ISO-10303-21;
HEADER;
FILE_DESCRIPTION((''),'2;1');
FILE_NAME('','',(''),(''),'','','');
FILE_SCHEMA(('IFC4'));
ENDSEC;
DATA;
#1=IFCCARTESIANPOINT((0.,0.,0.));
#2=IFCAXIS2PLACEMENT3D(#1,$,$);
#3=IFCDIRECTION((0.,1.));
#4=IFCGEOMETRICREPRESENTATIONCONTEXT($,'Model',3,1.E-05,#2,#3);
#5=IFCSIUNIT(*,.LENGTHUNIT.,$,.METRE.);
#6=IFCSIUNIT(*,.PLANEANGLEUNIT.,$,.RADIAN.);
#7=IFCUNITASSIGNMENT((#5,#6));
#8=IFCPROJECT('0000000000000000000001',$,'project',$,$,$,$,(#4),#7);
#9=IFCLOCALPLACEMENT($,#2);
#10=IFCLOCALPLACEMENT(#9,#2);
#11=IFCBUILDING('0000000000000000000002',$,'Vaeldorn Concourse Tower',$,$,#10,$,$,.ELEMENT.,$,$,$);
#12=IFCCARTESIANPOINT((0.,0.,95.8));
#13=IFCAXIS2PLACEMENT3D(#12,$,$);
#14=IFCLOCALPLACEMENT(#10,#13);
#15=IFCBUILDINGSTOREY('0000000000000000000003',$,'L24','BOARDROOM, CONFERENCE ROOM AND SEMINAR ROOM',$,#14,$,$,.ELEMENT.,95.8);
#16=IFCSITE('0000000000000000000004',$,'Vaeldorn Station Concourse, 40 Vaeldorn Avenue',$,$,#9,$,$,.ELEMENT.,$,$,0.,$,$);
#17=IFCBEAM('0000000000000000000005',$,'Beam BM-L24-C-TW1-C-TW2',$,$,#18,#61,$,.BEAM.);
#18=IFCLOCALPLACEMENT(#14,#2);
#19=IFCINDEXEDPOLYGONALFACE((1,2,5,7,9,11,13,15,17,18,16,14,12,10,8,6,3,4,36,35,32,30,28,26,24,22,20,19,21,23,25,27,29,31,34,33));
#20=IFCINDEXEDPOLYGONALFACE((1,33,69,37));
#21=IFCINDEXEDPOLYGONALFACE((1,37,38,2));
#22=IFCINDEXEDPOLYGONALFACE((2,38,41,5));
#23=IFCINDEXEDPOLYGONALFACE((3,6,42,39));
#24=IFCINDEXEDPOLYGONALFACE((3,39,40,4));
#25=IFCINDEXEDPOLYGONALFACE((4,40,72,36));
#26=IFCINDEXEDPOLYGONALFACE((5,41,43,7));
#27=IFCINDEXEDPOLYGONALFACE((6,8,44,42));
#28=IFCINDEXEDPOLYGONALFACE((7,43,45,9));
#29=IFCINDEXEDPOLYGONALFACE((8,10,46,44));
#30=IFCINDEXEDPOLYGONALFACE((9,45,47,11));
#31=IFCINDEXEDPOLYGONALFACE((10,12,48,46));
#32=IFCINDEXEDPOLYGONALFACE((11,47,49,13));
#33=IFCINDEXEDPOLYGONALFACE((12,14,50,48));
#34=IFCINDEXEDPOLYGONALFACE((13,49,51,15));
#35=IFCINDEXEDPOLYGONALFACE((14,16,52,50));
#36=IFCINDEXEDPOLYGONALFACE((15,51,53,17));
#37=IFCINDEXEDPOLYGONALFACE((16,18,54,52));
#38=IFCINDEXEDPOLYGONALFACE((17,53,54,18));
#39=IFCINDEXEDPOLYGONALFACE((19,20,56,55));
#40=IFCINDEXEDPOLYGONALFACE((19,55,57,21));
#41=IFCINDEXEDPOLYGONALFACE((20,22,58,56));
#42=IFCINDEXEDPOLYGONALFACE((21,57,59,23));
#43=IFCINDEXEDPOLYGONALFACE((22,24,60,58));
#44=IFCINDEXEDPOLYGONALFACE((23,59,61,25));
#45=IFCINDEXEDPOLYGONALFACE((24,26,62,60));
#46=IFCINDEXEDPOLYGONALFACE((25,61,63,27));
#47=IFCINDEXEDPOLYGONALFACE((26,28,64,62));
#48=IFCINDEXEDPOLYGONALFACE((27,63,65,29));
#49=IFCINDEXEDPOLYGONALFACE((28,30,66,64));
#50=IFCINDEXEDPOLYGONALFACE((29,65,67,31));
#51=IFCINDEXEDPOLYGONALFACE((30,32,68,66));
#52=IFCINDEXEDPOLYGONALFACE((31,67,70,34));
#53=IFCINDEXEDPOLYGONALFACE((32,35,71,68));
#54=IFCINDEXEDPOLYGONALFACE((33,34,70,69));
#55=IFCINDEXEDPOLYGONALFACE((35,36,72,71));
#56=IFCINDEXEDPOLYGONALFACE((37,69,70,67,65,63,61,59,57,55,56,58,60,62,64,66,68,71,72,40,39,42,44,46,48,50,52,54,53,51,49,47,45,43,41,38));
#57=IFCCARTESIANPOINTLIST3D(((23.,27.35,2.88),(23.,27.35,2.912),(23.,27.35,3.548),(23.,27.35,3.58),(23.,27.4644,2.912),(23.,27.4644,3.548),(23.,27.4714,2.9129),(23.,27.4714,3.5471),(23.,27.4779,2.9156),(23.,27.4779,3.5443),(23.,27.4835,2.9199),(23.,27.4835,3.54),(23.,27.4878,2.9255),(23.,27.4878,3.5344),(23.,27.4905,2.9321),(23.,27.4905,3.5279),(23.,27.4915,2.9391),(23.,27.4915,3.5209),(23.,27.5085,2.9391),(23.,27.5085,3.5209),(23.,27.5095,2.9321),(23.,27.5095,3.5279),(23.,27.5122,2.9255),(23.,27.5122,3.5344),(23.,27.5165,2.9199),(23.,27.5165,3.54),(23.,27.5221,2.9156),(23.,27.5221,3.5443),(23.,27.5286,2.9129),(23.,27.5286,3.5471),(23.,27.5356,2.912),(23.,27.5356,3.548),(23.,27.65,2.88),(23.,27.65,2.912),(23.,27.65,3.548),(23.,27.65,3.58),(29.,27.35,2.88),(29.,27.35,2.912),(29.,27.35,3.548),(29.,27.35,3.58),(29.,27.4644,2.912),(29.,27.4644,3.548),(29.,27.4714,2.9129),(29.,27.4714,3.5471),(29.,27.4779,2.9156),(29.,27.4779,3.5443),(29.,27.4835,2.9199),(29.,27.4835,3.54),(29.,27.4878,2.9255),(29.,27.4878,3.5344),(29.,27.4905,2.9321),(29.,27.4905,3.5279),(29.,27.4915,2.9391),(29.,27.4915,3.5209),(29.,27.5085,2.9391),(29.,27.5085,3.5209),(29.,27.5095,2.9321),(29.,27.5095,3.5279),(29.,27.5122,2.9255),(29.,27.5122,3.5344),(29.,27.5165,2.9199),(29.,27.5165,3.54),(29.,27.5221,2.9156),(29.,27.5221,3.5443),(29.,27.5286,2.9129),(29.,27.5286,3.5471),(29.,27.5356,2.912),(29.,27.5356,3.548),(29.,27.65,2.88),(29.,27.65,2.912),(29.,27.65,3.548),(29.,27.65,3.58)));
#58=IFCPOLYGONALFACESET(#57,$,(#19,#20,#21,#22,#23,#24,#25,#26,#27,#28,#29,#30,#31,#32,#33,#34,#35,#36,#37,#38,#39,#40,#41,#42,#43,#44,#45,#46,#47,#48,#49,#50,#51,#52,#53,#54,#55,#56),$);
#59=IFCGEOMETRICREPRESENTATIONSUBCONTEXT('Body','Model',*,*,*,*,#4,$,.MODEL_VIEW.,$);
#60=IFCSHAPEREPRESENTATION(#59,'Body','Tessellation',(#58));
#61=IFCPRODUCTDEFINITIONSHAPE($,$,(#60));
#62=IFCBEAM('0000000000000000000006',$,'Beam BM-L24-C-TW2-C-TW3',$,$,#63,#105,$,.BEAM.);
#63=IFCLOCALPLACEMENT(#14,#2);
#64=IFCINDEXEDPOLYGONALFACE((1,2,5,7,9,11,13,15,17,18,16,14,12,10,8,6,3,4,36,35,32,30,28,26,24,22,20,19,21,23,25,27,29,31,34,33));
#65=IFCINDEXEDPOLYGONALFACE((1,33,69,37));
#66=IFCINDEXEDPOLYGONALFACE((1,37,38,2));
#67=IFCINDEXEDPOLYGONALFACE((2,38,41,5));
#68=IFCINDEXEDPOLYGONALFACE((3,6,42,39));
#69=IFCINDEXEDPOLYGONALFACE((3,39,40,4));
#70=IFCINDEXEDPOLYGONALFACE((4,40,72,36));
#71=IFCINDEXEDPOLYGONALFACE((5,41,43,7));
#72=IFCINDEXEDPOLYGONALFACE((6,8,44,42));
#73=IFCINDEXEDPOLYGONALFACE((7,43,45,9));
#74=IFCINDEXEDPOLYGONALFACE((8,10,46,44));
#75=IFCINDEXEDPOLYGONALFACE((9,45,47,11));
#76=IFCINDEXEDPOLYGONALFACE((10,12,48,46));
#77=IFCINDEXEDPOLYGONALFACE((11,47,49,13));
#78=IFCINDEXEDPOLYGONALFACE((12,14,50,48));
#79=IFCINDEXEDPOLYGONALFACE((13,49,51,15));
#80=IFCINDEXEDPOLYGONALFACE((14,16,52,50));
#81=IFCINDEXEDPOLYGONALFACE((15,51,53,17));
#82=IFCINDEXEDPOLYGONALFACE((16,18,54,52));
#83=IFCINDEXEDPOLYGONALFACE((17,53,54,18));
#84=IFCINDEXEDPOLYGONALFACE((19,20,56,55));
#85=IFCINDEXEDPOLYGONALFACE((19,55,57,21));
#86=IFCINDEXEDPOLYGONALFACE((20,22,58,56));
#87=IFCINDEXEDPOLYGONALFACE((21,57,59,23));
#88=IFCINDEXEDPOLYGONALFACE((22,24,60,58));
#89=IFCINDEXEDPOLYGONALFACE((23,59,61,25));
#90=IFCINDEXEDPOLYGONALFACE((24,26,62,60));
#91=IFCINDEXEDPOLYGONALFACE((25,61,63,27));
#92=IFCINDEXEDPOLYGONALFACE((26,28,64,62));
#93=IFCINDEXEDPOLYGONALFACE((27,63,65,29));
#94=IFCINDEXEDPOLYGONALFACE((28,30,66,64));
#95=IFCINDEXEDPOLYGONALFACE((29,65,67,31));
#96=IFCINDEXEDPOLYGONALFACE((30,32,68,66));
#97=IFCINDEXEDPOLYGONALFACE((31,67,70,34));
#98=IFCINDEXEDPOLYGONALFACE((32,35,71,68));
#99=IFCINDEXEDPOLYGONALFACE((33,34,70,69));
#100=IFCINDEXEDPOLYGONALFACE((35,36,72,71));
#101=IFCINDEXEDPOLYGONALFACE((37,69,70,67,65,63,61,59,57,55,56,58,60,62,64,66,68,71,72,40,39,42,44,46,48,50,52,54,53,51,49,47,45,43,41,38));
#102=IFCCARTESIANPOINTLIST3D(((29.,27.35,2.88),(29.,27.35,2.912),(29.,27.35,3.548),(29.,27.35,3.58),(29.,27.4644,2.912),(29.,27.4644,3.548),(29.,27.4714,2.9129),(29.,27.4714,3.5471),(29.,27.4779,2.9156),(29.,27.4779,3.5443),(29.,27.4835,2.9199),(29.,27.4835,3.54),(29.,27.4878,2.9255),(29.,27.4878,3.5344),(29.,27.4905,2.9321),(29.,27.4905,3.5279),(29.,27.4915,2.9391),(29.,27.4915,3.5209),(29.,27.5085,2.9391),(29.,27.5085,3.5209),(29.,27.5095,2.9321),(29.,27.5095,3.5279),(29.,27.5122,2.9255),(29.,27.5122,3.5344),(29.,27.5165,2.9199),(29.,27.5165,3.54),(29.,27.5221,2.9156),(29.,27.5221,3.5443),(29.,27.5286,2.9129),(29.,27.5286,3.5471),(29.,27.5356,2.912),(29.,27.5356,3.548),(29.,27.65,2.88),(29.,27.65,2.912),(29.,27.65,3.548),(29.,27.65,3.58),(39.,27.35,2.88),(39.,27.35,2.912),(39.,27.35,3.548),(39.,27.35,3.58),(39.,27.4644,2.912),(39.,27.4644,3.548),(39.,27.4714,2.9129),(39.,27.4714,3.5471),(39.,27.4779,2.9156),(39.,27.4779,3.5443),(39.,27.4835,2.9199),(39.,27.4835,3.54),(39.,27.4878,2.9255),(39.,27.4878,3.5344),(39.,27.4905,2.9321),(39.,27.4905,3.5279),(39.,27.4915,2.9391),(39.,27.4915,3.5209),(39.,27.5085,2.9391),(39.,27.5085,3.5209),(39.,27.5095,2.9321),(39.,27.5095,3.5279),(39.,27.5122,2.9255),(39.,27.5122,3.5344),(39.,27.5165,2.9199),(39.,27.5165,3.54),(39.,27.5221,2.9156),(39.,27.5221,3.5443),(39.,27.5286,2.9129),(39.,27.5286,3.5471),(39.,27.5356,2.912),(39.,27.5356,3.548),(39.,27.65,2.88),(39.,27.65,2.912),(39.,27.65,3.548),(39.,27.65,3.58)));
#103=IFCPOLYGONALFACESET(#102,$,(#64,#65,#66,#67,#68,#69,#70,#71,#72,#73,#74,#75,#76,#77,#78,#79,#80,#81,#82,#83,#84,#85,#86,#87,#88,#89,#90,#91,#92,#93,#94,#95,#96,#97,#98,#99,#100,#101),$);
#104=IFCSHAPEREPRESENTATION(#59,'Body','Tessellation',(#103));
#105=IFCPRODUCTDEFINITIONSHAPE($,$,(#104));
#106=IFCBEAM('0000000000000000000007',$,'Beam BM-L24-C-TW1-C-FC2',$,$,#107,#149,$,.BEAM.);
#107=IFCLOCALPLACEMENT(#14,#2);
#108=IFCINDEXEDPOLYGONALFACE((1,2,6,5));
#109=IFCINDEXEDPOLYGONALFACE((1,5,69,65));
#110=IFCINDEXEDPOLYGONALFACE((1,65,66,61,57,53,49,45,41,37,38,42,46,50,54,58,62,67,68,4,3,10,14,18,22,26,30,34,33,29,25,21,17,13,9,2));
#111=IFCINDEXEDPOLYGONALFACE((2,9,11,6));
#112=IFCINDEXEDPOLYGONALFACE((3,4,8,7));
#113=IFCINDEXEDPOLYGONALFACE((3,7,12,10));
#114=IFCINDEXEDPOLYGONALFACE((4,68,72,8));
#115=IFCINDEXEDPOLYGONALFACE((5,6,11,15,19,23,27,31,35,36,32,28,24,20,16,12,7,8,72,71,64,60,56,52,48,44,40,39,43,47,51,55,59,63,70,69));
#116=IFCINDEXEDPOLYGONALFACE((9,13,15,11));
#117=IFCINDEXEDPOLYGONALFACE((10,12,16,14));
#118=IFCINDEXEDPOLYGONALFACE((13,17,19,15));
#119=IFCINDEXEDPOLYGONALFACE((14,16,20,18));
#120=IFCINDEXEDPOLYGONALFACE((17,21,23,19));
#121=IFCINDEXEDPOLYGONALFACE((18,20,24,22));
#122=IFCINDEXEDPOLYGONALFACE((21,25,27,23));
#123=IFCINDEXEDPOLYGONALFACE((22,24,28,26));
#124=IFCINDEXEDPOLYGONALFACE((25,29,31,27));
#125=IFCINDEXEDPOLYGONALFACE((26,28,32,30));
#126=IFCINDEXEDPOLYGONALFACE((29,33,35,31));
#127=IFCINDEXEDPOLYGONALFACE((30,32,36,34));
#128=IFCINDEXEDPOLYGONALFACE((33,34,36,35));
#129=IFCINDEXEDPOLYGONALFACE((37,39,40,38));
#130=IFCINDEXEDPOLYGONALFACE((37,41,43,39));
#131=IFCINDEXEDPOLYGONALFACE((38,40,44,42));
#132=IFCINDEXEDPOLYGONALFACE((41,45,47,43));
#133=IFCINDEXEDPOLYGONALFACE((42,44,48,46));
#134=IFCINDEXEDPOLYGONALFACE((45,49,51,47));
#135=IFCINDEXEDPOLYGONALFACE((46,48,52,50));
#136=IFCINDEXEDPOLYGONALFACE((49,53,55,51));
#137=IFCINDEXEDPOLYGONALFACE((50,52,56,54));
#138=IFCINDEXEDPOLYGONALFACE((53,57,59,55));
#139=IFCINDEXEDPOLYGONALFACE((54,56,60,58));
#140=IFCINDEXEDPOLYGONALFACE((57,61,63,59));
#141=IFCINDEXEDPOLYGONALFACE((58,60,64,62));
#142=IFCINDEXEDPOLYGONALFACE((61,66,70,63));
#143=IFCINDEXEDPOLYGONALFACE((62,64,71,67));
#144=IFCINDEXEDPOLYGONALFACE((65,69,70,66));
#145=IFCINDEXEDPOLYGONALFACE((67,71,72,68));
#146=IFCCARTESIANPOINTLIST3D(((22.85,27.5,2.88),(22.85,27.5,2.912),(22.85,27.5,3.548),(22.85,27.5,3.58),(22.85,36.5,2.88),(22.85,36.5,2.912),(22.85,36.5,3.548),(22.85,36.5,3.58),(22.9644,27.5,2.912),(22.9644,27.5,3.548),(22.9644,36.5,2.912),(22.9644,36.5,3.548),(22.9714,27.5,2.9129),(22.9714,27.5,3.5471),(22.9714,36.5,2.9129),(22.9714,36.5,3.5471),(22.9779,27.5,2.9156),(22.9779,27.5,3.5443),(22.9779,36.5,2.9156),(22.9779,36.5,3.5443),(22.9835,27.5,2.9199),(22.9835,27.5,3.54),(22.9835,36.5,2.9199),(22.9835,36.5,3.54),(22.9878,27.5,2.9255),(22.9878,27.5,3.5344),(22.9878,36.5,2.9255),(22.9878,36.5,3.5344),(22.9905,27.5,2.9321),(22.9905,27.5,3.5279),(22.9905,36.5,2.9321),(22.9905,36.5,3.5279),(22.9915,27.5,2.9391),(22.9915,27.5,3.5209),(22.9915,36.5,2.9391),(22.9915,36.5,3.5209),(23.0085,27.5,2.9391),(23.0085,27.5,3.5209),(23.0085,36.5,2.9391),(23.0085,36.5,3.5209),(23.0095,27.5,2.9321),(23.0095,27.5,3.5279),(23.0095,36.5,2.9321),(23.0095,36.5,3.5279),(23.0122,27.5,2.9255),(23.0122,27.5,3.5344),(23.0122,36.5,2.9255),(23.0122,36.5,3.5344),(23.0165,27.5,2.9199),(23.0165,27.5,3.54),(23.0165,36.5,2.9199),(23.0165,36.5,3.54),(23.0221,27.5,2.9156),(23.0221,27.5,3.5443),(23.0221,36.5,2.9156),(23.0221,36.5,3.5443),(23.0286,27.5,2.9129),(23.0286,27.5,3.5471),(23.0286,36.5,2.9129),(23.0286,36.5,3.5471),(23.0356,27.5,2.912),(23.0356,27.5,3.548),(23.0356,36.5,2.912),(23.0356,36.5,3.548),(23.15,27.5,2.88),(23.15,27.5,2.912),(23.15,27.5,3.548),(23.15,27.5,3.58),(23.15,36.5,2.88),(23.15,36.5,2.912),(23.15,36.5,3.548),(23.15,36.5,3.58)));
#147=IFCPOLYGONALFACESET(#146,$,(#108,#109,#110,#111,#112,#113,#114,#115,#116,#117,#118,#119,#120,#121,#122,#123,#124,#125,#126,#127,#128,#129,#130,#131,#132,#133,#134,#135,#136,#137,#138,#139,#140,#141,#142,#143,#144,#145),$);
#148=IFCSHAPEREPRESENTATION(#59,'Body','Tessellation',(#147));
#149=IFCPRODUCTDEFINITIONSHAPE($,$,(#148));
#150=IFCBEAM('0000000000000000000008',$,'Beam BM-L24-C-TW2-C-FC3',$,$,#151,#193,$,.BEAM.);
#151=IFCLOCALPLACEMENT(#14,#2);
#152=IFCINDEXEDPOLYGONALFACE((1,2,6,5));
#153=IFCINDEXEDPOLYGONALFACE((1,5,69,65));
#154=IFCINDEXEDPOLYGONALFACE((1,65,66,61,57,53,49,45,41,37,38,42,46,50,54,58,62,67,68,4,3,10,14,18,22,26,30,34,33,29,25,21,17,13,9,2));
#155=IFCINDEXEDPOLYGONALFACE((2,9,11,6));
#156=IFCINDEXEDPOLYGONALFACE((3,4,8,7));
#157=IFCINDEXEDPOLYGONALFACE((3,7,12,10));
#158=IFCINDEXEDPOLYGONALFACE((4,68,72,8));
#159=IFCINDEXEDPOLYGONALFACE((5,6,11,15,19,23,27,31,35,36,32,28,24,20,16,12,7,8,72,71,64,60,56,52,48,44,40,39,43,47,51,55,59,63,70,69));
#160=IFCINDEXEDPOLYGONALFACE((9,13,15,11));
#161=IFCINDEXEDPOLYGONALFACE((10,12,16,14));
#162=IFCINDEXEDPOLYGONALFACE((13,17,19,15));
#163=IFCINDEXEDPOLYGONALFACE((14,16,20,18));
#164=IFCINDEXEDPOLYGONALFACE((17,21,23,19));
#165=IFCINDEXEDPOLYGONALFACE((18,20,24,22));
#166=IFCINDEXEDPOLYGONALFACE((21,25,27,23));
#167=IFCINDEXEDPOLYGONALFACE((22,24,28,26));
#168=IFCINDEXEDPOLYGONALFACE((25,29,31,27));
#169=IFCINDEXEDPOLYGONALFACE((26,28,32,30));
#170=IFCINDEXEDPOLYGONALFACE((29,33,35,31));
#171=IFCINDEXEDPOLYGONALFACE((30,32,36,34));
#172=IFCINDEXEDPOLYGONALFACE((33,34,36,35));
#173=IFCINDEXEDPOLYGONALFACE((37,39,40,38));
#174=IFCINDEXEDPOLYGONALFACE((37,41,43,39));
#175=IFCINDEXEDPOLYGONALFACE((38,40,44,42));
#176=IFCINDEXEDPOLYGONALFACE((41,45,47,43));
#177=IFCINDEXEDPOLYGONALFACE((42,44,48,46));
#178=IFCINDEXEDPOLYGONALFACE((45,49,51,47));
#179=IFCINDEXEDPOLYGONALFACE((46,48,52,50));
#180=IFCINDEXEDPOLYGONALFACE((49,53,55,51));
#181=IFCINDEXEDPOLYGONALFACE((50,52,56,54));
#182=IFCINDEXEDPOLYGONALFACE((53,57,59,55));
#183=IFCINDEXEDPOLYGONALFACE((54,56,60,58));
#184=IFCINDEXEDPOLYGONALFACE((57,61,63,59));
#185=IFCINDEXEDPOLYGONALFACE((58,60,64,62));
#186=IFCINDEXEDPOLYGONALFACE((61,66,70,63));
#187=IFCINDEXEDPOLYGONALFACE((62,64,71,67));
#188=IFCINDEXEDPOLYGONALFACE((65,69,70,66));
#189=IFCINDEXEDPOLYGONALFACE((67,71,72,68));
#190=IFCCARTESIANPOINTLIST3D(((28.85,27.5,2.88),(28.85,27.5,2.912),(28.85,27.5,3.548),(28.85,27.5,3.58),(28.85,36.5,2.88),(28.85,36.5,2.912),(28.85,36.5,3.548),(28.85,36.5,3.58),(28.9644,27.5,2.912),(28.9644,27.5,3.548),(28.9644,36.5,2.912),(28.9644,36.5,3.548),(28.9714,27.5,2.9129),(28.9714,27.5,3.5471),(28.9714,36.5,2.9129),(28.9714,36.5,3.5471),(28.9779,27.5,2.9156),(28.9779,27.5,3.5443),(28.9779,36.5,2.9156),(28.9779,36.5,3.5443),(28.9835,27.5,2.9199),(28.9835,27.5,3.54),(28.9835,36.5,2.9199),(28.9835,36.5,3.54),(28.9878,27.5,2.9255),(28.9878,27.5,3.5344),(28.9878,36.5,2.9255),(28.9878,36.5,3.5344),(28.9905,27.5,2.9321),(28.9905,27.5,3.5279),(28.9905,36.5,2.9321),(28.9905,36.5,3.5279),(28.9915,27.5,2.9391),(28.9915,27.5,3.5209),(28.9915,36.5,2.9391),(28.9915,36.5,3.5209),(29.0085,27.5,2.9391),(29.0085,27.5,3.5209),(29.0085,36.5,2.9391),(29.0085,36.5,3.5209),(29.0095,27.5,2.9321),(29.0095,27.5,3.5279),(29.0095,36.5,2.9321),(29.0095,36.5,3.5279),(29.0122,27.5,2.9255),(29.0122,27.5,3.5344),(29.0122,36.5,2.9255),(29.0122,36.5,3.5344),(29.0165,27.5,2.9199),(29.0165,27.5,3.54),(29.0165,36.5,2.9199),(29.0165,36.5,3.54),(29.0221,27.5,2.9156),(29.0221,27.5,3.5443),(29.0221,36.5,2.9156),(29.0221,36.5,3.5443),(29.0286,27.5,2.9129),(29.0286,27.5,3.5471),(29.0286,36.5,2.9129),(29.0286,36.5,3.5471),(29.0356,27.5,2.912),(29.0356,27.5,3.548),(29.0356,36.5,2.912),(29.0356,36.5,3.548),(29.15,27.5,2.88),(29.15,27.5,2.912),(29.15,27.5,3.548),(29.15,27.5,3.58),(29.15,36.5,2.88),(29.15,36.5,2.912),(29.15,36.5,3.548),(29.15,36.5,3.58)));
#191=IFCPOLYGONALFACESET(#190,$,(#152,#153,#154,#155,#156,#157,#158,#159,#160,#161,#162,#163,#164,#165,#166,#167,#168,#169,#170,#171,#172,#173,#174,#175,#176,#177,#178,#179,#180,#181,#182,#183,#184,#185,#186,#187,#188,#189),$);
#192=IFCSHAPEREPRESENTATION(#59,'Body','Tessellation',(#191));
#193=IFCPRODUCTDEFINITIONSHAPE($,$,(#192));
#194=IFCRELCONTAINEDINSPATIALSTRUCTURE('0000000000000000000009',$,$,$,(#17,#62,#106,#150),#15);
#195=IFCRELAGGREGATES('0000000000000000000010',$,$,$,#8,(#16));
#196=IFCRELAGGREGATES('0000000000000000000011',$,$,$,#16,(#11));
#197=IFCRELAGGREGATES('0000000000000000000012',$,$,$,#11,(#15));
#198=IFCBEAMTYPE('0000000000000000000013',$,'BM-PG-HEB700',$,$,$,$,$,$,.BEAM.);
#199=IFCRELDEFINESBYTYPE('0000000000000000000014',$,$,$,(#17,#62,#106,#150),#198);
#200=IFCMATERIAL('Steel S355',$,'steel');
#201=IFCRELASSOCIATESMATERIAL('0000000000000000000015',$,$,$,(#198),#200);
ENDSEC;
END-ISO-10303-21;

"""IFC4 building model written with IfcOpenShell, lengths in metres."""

from ifc_helpers import new_model, si_unit, direction, frame, origin, origin_2d, place, context, subcontext, project, spatial, i_section, extrude, source, transform, mapped, material, material_profile, profile_set, type_object, element, save


model = new_model("IFC4")

# Units and contexts
model_context = context("Model", 3, precision=1e-05, world=origin(), true_north=direction((0.0, 1.0)))
body_context = subcontext(model_context, "Body", "Model", "MODEL_VIEW")
ifc_project = project(units=[si_unit("LENGTHUNIT", "METRE"), si_unit("PLANEANGLEUNIT", "RADIAN")], contexts=[model_context])

# Site, building, storey
site_placement = place(None, origin())
site = spatial("IfcSite", under=ifc_project, at=site_placement, Name="Vaeldorn Station Concourse, 40 Vaeldorn Avenue", CompositionType="ELEMENT", RefElevation=0.0)
building_placement = place(site_placement, origin())
building = spatial("IfcBuilding", under=site, at=building_placement, Name="Vaeldorn Concourse Tower", CompositionType="ELEMENT")
storey_placement = place(building_placement, frame((0.0, 0.0, 95.8)))
storey = spatial("IfcBuildingStorey", under=building, at=storey_placement, Name="L24", Description="BOARDROOM, CONFERENCE ROOM AND SEMINAR ROOM", CompositionType="ELEMENT", Elevation=95.8)

# Beams
ifc_material_1 = material(Name="Steel S355", Category="steel")
ifc_material_profile_1 = material_profile(ifc_material_1, i_section(OverallWidth=0.3, OverallDepth=0.7, WebThickness=0.0171, FlangeThickness=0.032, FilletRadius=0.0271, at=origin_2d()), Name="HEB 700")
ifc_profile_set_1 = profile_set([ifc_material_profile_1], Name="Steel S355")
beam_type_1 = type_object("IfcBeamType", Name="BM-PG-HEB700", PredefinedType="BEAM", material=ifc_profile_set_1)
shared_shape_1 = source(origin(), body_context, "Body", "SweptSolid", [
    extrude(i_section(OverallWidth=0.3, OverallDepth=0.7, WebThickness=0.0171, FlangeThickness=0.032, FilletRadius=0.0271, at=origin_2d()), origin(), (0.0, 0.0, 1.0), 6.0),
])
beam_1_placement = place(storey_placement, frame((23.0, 27.5, 3.23), z_axis=(1.0, 0.0, 0.0), x_axis=(0.0, 1.0, 0.0)))
element("IfcBeam", 1, at=beam_1_placement, inside=storey, type_object=beam_type_1, Name="Beam BM-L24-C-TW1-C-TW2", PredefinedType="BEAM", context=body_context, shape_type="MappedRepresentation", body=[
    mapped(shared_shape_1, transform((0.0, 0.0, 0.0), scale=1.0)),
])
shared_shape_2 = source(origin(), body_context, "Body", "SweptSolid", [
    extrude(i_section(OverallWidth=0.3, OverallDepth=0.7, WebThickness=0.0171, FlangeThickness=0.032, FilletRadius=0.0271, at=origin_2d()), origin(), (0.0, 0.0, 1.0), 10.0),
])
beam_2_placement = place(storey_placement, frame((29.0, 27.5, 3.23), z_axis=(1.0, 0.0, 0.0), x_axis=(0.0, 1.0, 0.0)))
element("IfcBeam", 2, at=beam_2_placement, inside=storey, type_object=beam_type_1, Name="Beam BM-L24-C-TW2-C-TW3", PredefinedType="BEAM", context=body_context, shape_type="MappedRepresentation", body=[
    mapped(shared_shape_2, transform((0.0, 0.0, 0.0), scale=1.0)),
])
shared_shape_3 = source(origin(), body_context, "Body", "SweptSolid", [
    extrude(i_section(OverallWidth=0.3, OverallDepth=0.7, WebThickness=0.0171, FlangeThickness=0.032, FilletRadius=0.0271, at=origin_2d()), origin(), (0.0, 0.0, 1.0), 9.0),
])
for number, where, z_axis, x_axis, name in (
    (3, (23.0, 27.5, 3.23), (0.0, 1.0, 0.0), (-1.0, 0.0, 0.0), "Beam BM-L24-C-TW1-C-FC2"),
    (4, (29.0, 27.5, 3.23), (0.0, 1.0, 0.0), (-1.0, 0.0, 0.0), "Beam BM-L24-C-TW2-C-FC3"),
):
    element("IfcBeam", number, at=place(storey_placement, frame(where, z_axis=z_axis, x_axis=x_axis)), inside=storey, type_object=beam_type_1, Name=name, PredefinedType="BEAM", context=body_context, shape_type="MappedRepresentation", body=[
        mapped(shared_shape_3, transform((0.0, 0.0, 0.0), scale=1.0)),
    ])

save(model, "model.ifc")
